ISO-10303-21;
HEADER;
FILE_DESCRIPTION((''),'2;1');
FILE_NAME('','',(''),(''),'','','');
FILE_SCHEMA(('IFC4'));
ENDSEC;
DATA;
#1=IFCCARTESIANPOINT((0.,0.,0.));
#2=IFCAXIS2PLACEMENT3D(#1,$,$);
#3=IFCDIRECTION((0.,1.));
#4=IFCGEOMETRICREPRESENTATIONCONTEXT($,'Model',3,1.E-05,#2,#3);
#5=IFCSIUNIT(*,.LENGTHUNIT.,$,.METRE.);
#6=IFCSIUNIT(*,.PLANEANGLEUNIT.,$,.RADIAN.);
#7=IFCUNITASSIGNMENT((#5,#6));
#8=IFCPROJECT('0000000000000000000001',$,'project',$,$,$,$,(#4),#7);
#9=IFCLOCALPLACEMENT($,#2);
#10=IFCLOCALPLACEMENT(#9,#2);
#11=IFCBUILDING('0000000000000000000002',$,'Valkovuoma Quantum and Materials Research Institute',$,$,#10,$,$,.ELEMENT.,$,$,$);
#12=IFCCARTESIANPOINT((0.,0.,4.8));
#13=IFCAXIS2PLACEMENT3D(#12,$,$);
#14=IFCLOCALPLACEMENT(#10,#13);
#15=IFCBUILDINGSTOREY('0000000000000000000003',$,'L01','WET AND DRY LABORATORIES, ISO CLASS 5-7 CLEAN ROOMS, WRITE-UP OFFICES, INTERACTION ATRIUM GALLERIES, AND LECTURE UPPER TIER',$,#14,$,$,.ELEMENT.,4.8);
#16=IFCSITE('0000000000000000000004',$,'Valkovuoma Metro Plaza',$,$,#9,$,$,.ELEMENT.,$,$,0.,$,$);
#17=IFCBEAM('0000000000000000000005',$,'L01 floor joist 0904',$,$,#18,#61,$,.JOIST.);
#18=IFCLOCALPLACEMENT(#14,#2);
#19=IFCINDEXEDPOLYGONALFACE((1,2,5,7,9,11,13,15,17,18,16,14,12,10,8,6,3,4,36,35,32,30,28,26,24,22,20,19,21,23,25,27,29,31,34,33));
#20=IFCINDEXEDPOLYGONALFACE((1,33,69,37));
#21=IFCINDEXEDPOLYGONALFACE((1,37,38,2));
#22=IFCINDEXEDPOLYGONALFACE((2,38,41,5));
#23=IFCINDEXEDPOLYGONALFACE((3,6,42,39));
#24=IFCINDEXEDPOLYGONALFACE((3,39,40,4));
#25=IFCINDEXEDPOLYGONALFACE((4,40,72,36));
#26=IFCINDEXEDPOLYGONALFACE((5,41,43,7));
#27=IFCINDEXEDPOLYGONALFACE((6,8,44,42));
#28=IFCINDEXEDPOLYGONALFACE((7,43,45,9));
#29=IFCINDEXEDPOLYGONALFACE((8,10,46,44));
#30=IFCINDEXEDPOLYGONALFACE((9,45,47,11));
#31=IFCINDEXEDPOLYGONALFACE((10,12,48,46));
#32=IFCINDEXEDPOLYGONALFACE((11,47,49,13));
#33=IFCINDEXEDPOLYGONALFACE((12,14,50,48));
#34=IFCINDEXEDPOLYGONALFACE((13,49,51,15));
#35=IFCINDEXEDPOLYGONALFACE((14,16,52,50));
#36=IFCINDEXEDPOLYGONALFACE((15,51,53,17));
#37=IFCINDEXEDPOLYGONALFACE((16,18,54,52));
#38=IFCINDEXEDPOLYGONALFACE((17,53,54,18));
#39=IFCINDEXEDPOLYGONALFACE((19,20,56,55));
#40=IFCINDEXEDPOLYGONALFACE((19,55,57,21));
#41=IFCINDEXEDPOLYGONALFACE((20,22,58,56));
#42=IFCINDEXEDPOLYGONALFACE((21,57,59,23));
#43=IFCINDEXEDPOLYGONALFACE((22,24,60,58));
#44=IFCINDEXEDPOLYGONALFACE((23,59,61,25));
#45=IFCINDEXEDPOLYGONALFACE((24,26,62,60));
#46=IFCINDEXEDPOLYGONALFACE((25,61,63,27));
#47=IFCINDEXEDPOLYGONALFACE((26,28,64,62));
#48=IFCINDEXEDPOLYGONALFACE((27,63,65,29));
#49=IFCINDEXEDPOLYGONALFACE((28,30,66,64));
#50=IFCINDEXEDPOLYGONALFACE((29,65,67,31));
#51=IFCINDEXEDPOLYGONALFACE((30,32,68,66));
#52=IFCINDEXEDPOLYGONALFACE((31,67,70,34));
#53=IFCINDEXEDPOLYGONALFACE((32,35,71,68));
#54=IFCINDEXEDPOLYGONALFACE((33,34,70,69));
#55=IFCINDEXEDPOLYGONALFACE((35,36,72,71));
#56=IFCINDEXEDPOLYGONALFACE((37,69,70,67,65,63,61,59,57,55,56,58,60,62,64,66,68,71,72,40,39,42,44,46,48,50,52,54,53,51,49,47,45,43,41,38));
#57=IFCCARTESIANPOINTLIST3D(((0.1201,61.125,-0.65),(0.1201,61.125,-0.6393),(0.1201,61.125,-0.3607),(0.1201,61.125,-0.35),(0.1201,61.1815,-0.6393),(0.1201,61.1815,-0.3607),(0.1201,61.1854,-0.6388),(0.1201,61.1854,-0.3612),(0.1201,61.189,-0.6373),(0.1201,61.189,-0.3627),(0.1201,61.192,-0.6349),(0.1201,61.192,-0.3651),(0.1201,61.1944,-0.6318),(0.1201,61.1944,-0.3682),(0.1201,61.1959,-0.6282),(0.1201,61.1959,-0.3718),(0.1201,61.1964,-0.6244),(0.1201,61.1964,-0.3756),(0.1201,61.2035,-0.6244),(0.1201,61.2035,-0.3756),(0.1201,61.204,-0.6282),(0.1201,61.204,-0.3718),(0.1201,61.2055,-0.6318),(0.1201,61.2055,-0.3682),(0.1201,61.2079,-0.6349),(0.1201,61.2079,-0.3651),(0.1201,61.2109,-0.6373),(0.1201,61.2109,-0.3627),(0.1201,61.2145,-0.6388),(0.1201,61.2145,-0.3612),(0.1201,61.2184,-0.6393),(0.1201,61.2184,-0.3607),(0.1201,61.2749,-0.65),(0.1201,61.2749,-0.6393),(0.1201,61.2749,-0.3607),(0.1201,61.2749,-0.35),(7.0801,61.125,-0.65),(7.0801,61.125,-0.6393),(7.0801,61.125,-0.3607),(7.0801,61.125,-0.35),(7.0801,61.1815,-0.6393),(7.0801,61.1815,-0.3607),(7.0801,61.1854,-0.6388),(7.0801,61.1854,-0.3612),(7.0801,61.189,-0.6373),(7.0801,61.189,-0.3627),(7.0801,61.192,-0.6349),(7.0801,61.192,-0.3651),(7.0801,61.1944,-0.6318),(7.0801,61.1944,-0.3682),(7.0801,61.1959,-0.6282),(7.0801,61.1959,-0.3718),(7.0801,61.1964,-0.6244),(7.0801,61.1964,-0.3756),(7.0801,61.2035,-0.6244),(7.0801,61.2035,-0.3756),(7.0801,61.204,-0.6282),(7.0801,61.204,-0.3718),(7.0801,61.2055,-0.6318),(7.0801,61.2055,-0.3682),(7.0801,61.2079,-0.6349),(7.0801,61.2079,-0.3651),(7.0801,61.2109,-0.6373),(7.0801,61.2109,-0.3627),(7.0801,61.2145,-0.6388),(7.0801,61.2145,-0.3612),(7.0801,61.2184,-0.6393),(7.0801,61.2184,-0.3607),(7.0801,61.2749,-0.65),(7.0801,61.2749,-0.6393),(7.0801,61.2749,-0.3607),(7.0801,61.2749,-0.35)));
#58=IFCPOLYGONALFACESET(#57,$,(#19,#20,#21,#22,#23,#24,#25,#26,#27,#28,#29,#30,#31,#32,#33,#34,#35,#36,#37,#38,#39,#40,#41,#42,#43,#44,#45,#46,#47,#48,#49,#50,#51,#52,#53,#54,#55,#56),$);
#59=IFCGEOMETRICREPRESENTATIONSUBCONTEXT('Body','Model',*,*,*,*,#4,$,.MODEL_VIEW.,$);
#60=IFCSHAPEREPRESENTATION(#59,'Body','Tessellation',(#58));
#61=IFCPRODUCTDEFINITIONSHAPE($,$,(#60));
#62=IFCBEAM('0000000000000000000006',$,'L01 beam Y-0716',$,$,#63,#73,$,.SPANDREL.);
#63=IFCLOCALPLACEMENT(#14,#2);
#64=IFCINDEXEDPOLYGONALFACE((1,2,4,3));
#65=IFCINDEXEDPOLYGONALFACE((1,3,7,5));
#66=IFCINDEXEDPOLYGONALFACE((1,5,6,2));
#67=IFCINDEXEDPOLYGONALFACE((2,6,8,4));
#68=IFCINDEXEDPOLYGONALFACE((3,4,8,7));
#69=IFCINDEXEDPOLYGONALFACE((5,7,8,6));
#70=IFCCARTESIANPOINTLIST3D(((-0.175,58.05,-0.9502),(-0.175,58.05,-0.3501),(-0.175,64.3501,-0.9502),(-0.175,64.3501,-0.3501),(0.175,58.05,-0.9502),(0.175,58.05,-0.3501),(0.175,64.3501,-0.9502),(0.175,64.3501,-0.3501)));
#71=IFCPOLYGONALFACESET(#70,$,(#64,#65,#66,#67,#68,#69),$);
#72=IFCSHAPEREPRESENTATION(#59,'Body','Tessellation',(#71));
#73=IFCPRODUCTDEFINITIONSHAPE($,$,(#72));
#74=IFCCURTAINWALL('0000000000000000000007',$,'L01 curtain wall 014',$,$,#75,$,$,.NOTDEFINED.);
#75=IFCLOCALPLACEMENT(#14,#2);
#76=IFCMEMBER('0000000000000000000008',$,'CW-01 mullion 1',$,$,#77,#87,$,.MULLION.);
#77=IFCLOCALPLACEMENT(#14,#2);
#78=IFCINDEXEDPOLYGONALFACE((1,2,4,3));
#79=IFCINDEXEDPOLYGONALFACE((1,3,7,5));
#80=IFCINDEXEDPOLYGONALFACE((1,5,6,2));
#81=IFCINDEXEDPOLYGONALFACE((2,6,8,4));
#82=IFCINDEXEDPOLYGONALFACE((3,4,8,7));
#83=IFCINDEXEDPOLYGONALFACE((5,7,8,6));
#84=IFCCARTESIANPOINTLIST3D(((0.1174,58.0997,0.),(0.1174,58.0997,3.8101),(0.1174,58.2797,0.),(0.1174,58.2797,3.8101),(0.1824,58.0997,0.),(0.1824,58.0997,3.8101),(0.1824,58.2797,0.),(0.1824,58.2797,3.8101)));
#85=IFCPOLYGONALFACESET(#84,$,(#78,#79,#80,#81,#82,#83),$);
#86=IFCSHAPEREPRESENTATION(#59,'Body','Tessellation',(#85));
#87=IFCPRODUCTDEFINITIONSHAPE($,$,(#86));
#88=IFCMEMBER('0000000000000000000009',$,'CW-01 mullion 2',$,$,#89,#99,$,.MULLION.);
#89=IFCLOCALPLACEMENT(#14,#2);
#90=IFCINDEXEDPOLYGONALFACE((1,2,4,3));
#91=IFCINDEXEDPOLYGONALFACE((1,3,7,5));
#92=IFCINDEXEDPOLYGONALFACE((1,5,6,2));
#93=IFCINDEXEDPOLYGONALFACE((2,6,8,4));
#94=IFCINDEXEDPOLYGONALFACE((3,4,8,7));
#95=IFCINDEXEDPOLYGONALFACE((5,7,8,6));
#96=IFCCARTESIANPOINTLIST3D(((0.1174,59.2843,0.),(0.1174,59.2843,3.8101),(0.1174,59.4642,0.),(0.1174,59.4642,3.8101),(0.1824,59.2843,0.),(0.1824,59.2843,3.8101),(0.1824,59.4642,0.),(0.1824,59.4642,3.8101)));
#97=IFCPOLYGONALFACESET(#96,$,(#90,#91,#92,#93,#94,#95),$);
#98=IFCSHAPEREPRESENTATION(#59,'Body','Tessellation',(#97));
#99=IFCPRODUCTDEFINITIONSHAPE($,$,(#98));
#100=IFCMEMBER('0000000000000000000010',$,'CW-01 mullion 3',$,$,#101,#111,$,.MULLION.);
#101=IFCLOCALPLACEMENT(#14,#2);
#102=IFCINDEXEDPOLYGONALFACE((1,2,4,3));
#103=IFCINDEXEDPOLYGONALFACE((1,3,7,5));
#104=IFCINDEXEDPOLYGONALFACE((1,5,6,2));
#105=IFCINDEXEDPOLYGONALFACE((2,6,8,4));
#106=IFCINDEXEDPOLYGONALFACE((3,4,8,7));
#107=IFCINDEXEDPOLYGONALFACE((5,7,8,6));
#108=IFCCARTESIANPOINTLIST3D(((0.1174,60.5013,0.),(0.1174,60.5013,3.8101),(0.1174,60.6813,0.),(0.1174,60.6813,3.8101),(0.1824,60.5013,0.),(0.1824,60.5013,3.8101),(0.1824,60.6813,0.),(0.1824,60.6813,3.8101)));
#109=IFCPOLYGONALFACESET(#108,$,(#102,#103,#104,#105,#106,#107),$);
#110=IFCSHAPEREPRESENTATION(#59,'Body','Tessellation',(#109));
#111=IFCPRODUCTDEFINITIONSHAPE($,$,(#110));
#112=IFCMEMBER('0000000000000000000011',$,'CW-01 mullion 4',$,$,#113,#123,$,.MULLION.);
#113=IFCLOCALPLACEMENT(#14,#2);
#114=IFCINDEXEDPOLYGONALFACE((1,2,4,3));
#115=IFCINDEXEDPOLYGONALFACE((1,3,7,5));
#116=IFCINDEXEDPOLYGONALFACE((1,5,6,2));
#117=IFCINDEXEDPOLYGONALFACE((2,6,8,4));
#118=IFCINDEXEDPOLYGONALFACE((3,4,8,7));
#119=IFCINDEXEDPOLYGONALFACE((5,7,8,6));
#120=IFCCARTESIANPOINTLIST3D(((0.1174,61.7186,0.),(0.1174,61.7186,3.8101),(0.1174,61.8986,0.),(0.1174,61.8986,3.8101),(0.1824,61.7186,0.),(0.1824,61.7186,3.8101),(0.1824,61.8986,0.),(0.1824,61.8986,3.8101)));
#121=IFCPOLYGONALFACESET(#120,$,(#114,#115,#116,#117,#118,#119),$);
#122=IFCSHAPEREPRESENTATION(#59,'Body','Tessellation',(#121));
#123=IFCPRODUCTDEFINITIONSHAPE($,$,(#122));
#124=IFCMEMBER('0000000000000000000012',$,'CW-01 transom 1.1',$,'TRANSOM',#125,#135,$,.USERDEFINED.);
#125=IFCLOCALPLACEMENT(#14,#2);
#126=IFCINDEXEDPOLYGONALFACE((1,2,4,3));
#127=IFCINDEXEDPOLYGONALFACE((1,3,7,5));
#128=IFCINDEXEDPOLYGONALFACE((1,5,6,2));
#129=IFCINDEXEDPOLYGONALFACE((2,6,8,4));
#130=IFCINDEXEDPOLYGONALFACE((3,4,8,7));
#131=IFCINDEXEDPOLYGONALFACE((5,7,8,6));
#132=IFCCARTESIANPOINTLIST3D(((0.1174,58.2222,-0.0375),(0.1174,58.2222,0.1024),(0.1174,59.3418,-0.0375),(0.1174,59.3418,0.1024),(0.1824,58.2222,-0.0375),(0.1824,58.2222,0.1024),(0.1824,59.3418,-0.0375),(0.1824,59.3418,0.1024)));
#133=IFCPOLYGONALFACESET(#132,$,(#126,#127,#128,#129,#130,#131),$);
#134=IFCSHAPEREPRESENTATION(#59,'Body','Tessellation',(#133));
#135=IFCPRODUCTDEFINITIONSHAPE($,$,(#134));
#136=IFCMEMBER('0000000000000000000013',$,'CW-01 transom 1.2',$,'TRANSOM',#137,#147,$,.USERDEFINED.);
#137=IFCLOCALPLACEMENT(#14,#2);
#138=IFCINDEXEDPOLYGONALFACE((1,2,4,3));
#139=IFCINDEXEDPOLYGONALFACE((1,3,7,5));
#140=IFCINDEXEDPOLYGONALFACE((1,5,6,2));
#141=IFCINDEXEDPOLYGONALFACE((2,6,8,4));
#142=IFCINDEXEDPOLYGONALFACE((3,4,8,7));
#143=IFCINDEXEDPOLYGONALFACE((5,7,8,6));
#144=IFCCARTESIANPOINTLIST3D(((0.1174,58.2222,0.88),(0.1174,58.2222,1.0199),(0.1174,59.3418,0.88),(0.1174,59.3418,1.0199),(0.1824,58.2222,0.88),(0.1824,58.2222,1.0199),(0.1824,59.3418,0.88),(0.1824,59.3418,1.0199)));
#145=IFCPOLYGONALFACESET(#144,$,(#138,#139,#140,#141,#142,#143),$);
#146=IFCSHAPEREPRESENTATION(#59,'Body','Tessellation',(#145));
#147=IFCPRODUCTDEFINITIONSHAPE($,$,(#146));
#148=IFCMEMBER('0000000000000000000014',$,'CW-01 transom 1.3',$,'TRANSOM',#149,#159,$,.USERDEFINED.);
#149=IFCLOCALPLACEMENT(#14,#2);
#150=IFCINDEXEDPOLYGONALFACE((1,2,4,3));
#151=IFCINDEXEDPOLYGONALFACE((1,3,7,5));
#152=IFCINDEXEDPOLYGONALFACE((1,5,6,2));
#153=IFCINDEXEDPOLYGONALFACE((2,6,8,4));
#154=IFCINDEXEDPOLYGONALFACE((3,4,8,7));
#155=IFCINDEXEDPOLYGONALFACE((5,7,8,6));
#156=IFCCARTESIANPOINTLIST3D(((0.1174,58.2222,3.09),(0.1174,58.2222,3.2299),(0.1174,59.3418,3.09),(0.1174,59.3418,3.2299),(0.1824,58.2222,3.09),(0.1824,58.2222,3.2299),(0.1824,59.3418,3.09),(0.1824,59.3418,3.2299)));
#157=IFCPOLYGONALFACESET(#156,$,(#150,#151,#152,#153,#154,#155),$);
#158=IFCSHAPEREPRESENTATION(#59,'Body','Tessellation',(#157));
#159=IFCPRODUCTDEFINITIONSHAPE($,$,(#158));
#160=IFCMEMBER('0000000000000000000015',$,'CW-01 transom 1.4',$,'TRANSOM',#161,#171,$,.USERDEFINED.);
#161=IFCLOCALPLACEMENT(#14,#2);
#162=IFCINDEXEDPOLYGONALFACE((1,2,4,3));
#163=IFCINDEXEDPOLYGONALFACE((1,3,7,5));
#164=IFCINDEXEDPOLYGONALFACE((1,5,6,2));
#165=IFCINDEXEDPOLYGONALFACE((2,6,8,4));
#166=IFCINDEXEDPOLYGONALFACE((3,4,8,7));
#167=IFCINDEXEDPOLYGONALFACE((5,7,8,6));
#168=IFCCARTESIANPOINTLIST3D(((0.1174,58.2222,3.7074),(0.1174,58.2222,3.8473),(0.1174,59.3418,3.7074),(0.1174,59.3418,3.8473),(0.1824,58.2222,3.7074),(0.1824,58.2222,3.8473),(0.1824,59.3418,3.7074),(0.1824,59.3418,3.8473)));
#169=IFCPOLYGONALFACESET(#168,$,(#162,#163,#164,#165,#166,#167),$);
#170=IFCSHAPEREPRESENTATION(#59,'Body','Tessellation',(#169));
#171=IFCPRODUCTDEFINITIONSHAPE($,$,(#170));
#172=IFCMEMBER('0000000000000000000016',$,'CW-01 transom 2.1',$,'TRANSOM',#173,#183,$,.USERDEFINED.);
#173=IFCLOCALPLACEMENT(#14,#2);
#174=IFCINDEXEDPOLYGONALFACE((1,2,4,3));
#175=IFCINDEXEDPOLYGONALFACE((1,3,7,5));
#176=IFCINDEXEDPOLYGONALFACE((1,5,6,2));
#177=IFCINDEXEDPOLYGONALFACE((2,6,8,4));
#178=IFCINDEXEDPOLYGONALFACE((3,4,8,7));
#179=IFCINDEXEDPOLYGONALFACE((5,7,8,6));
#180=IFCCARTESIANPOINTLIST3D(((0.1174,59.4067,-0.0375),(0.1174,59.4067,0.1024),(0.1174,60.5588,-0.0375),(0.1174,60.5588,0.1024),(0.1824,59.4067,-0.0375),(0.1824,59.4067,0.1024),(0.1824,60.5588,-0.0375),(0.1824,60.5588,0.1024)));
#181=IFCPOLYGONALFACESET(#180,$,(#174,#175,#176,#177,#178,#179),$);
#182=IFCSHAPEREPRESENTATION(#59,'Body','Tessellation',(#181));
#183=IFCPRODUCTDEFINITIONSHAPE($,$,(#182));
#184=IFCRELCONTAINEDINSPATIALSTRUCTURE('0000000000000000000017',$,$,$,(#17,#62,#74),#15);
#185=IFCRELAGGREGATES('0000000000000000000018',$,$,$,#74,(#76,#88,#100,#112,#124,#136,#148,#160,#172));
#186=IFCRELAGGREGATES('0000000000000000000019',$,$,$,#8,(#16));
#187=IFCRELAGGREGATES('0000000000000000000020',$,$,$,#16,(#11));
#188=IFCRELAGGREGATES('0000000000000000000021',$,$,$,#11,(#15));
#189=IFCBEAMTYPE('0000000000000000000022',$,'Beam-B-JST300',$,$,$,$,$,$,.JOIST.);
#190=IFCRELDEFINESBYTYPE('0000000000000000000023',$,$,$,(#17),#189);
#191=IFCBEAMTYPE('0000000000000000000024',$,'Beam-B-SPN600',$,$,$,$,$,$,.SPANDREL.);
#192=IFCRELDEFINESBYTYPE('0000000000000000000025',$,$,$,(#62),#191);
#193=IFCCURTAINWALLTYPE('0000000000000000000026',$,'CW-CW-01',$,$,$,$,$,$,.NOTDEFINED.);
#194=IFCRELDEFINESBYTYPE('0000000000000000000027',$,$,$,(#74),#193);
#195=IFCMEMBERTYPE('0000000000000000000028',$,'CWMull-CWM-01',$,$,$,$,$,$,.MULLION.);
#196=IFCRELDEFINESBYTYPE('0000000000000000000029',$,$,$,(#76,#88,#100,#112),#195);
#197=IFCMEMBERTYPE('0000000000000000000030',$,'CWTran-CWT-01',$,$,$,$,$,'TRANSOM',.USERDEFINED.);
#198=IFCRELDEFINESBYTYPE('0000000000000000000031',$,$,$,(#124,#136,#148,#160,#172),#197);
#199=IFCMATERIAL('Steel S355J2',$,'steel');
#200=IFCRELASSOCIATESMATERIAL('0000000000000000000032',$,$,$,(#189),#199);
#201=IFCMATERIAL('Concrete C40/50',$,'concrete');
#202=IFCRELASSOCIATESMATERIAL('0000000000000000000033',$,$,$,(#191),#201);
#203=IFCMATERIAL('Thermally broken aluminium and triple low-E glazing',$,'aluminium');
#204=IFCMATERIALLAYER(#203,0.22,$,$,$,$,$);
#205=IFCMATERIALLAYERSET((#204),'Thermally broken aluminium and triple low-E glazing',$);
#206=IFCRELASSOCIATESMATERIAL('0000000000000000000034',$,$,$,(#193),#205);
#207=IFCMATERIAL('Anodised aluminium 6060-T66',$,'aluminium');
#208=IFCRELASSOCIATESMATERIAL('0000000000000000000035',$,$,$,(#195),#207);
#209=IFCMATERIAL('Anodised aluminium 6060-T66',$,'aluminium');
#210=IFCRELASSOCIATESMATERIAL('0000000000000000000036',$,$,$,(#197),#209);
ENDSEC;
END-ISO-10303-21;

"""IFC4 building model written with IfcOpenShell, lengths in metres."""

from ifc_helpers import new_model, si_unit, direction, frame, origin, origin_2d, place, context, subcontext, project, spatial, rectangle, i_section, extrude, material, layer, layer_set, material_profile, profile_set, type_object, element, aggregate, save


model = new_model("IFC4")

# Units and contexts
model_context = context("Model", 3, precision=1e-05, world=origin(), true_north=direction((0.0, 1.0)))
body_context = subcontext(model_context, "Body", "Model", "MODEL_VIEW")
ifc_project = project(units=[si_unit("LENGTHUNIT", "METRE"), si_unit("PLANEANGLEUNIT", "RADIAN")], contexts=[model_context])

# Site, building, storey
site_placement = place(None, origin())
site = spatial("IfcSite", under=ifc_project, at=site_placement, Name="Valkovuoma Metro Plaza", CompositionType="ELEMENT", RefElevation=0.0)
building_placement = place(site_placement, origin())
building = spatial("IfcBuilding", under=site, at=building_placement, Name="Valkovuoma Quantum and Materials Research Institute", CompositionType="ELEMENT")
storey_placement = place(building_placement, frame((0.0, 0.0, 4.8)))
storey = spatial("IfcBuildingStorey", under=building, at=storey_placement, Name="L01", Description="WET AND DRY LABORATORIES, ISO CLASS 5-7 CLEAN ROOMS, WRITE-UP OFFICES, INTERACTION ATRIUM GALLERIES, AND LECTURE UPPER TIER", CompositionType="ELEMENT", Elevation=4.8)

# Beams
ifc_material_1 = material(Name="Steel S355J2", Category="steel")
ifc_material_profile_1 = material_profile(ifc_material_1, i_section(OverallWidth=0.1499, OverallDepth=0.3, WebThickness=0.0071, FlangeThickness=0.0107, FilletRadius=0.0149, at=origin_2d()), Name="Steel S355J2")
ifc_profile_set_1 = profile_set([ifc_material_profile_1], Name="Steel S355J2")
beam_type_1 = type_object("IfcBeamType", Name="Beam-B-JST300", PredefinedType="JOIST", material=ifc_profile_set_1)
beam_1_placement = place(storey_placement, frame((0.1201, 61.2, -0.5), z_axis=(1.0, 0.0, 0.0), x_axis=(0.0, 1.0, 0.0)))
element("IfcBeam", 1, at=beam_1_placement, inside=storey, type_object=beam_type_1, Name="L01 floor joist 0904", PredefinedType="JOIST", context=body_context, shape_type="SweptSolid", body=[
    extrude(i_section(OverallWidth=0.1499, OverallDepth=0.3, WebThickness=0.0071, FlangeThickness=0.0107, FilletRadius=0.0149, at=origin_2d()), origin(), (0.0, 0.0, 1.0), 6.96),
])
ifc_material_2 = material(Name="Concrete C40/50", Category="concrete")
ifc_material_profile_2 = material_profile(ifc_material_2, rectangle(XDim=0.3501, YDim=0.6001, at=origin_2d()), Name="Concrete C40/50")
ifc_profile_set_2 = profile_set([ifc_material_profile_2], Name="Concrete C40/50")
beam_type_2 = type_object("IfcBeamType", Name="Beam-B-SPN600", PredefinedType="SPANDREL", material=ifc_profile_set_2)
beam_2_placement = place(storey_placement, frame((0.0, 58.05, -0.6501), z_axis=(0.0, 1.0, 0.0), x_axis=(-1.0, 0.0, 0.0)))
element("IfcBeam", 2, at=beam_2_placement, inside=storey, type_object=beam_type_2, Name="L01 beam Y-0716", PredefinedType="SPANDREL", context=body_context, shape_type="SweptSolid", body=[
    extrude(rectangle(XDim=0.3501, YDim=0.6001, at=origin_2d()), origin(), (0.0, 0.0, 1.0), 6.3),
])

# Curtain wall, members
ifc_material_3 = material(Name="Thermally broken aluminium and triple low-E glazing", Category="aluminium")
ifc_layer_1 = layer(ifc_material_3, 0.22)
ifc_layer_set_1 = layer_set([ifc_layer_1], Name="Thermally broken aluminium and triple low-E glazing")
curtain_wall_type = type_object("IfcCurtainWallType", Name="CW-CW-01", PredefinedType="NOTDEFINED", material=ifc_layer_set_1)
curtain_wall_placement = place(storey_placement, origin())
curtain_wall = element("IfcCurtainWall", 3, at=curtain_wall_placement, inside=storey, type_object=curtain_wall_type, Name="L01 curtain wall 014", PredefinedType="NOTDEFINED")
ifc_material_4 = material(Name="Anodised aluminium 6060-T66", Category="aluminium")
ifc_material_profile_3 = material_profile(ifc_material_4, rectangle(XDim=0.0649, YDim=0.1799, at=origin_2d()), Name="Anodised aluminium 6060-T66")
ifc_profile_set_3 = profile_set([ifc_material_profile_3], Name="Anodised aluminium 6060-T66")
member_type_1 = type_object("IfcMemberType", Name="CWMull-CWM-01", PredefinedType="MULLION", material=ifc_profile_set_3)
member_1_placement = place(storey_placement, frame((0.1499, 58.1897, 0.0), z_axis=(0.0, 0.0, 1.0), x_axis=(-1.0, 0.0, 0.0)))
member_1 = element("IfcMember", 4, at=member_1_placement, type_object=member_type_1, Name="CW-01 mullion 1", PredefinedType="MULLION", context=body_context, shape_type="SweptSolid", body=[
    extrude(rectangle(XDim=0.0649, YDim=0.1799, at=origin_2d()), origin(), (0.0, 0.0, 1.0), 3.8101),
])
member_2_placement = place(storey_placement, frame((0.1499, 59.3743, 0.0), z_axis=(0.0, 0.0, 1.0), x_axis=(-1.0, 0.0, 0.0)))
member_2 = element("IfcMember", 5, at=member_2_placement, type_object=member_type_1, Name="CW-01 mullion 2", PredefinedType="MULLION", context=body_context, shape_type="SweptSolid", body=[
    extrude(rectangle(XDim=0.0649, YDim=0.1799, at=origin_2d()), origin(), (0.0, 0.0, 1.0), 3.8101),
])
member_3_placement = place(storey_placement, frame((0.1499, 60.5913, 0.0), z_axis=(0.0, 0.0, 1.0), x_axis=(-1.0, 0.0, 0.0)))
member_3 = element("IfcMember", 6, at=member_3_placement, type_object=member_type_1, Name="CW-01 mullion 3", PredefinedType="MULLION", context=body_context, shape_type="SweptSolid", body=[
    extrude(rectangle(XDim=0.0649, YDim=0.1799, at=origin_2d()), origin(), (0.0, 0.0, 1.0), 3.8101),
])
member_4_placement = place(storey_placement, frame((0.1499, 61.8086, 0.0), z_axis=(0.0, 0.0, 1.0), x_axis=(-1.0, 0.0, 0.0)))
member_4 = element("IfcMember", 7, at=member_4_placement, type_object=member_type_1, Name="CW-01 mullion 4", PredefinedType="MULLION", context=body_context, shape_type="SweptSolid", body=[
    extrude(rectangle(XDim=0.0649, YDim=0.1799, at=origin_2d()), origin(), (0.0, 0.0, 1.0), 3.8101),
])
ifc_material_5 = material(Name="Anodised aluminium 6060-T66", Category="aluminium")
ifc_material_profile_4 = material_profile(ifc_material_5, rectangle(XDim=0.0649, YDim=0.1399, at=origin_2d()), Name="Anodised aluminium 6060-T66")
ifc_profile_set_4 = profile_set([ifc_material_profile_4], Name="Anodised aluminium 6060-T66")
member_type_2 = type_object("IfcMemberType", Name="CWTran-CWT-01", ElementType="TRANSOM", PredefinedType="USERDEFINED", material=ifc_profile_set_4)
member_5_placement = place(storey_placement, frame((0.1499, 58.2222, 0.0325), z_axis=(0.0, 1.0, 0.0), x_axis=(-1.0, 0.0, 0.0)))
member_5 = element("IfcMember", 8, at=member_5_placement, type_object=member_type_2, Name="CW-01 transom 1.1", ObjectType="TRANSOM", PredefinedType="USERDEFINED", context=body_context, shape_type="SweptSolid", body=[
    extrude(rectangle(XDim=0.0649, YDim=0.1399, at=origin_2d()), origin(), (0.0, 0.0, 1.0), 1.1196),
])
member_6_placement = place(storey_placement, frame((0.1499, 58.2222, 0.95), z_axis=(0.0, 1.0, 0.0), x_axis=(-1.0, 0.0, 0.0)))
member_6 = element("IfcMember", 9, at=member_6_placement, type_object=member_type_2, Name="CW-01 transom 1.2", ObjectType="TRANSOM", PredefinedType="USERDEFINED", context=body_context, shape_type="SweptSolid", body=[
    extrude(rectangle(XDim=0.0649, YDim=0.1399, at=origin_2d()), origin(), (0.0, 0.0, 1.0), 1.1196),
])
member_7_placement = place(storey_placement, frame((0.1499, 58.2222, 3.1599), z_axis=(0.0, 1.0, 0.0), x_axis=(-1.0, 0.0, 0.0)))
member_7 = element("IfcMember", 10, at=member_7_placement, type_object=member_type_2, Name="CW-01 transom 1.3", ObjectType="TRANSOM", PredefinedType="USERDEFINED", context=body_context, shape_type="SweptSolid", body=[
    extrude(rectangle(XDim=0.0649, YDim=0.1399, at=origin_2d()), origin(), (0.0, 0.0, 1.0), 1.1196),
])
member_8_placement = place(storey_placement, frame((0.1499, 58.2222, 3.7773), z_axis=(0.0, 1.0, 0.0), x_axis=(-1.0, 0.0, 0.0)))
member_8 = element("IfcMember", 11, at=member_8_placement, type_object=member_type_2, Name="CW-01 transom 1.4", ObjectType="TRANSOM", PredefinedType="USERDEFINED", context=body_context, shape_type="SweptSolid", body=[
    extrude(rectangle(XDim=0.0649, YDim=0.1399, at=origin_2d()), origin(), (0.0, 0.0, 1.0), 1.1196),
])
member_9_placement = place(storey_placement, frame((0.1499, 59.4067, 0.0325), z_axis=(0.0, 1.0, 0.0), x_axis=(-1.0, 0.0, 0.0)))
member_9 = element("IfcMember", 12, at=member_9_placement, type_object=member_type_2, Name="CW-01 transom 2.1", ObjectType="TRANSOM", PredefinedType="USERDEFINED", context=body_context, shape_type="SweptSolid", body=[
    extrude(rectangle(XDim=0.0649, YDim=0.1399, at=origin_2d()), origin(), (0.0, 0.0, 1.0), 1.1521),
])
aggregate(curtain_wall, [member_1, member_2, member_3, member_4, member_5, member_6, member_7, member_8, member_9])

save(model, "model.ifc")
